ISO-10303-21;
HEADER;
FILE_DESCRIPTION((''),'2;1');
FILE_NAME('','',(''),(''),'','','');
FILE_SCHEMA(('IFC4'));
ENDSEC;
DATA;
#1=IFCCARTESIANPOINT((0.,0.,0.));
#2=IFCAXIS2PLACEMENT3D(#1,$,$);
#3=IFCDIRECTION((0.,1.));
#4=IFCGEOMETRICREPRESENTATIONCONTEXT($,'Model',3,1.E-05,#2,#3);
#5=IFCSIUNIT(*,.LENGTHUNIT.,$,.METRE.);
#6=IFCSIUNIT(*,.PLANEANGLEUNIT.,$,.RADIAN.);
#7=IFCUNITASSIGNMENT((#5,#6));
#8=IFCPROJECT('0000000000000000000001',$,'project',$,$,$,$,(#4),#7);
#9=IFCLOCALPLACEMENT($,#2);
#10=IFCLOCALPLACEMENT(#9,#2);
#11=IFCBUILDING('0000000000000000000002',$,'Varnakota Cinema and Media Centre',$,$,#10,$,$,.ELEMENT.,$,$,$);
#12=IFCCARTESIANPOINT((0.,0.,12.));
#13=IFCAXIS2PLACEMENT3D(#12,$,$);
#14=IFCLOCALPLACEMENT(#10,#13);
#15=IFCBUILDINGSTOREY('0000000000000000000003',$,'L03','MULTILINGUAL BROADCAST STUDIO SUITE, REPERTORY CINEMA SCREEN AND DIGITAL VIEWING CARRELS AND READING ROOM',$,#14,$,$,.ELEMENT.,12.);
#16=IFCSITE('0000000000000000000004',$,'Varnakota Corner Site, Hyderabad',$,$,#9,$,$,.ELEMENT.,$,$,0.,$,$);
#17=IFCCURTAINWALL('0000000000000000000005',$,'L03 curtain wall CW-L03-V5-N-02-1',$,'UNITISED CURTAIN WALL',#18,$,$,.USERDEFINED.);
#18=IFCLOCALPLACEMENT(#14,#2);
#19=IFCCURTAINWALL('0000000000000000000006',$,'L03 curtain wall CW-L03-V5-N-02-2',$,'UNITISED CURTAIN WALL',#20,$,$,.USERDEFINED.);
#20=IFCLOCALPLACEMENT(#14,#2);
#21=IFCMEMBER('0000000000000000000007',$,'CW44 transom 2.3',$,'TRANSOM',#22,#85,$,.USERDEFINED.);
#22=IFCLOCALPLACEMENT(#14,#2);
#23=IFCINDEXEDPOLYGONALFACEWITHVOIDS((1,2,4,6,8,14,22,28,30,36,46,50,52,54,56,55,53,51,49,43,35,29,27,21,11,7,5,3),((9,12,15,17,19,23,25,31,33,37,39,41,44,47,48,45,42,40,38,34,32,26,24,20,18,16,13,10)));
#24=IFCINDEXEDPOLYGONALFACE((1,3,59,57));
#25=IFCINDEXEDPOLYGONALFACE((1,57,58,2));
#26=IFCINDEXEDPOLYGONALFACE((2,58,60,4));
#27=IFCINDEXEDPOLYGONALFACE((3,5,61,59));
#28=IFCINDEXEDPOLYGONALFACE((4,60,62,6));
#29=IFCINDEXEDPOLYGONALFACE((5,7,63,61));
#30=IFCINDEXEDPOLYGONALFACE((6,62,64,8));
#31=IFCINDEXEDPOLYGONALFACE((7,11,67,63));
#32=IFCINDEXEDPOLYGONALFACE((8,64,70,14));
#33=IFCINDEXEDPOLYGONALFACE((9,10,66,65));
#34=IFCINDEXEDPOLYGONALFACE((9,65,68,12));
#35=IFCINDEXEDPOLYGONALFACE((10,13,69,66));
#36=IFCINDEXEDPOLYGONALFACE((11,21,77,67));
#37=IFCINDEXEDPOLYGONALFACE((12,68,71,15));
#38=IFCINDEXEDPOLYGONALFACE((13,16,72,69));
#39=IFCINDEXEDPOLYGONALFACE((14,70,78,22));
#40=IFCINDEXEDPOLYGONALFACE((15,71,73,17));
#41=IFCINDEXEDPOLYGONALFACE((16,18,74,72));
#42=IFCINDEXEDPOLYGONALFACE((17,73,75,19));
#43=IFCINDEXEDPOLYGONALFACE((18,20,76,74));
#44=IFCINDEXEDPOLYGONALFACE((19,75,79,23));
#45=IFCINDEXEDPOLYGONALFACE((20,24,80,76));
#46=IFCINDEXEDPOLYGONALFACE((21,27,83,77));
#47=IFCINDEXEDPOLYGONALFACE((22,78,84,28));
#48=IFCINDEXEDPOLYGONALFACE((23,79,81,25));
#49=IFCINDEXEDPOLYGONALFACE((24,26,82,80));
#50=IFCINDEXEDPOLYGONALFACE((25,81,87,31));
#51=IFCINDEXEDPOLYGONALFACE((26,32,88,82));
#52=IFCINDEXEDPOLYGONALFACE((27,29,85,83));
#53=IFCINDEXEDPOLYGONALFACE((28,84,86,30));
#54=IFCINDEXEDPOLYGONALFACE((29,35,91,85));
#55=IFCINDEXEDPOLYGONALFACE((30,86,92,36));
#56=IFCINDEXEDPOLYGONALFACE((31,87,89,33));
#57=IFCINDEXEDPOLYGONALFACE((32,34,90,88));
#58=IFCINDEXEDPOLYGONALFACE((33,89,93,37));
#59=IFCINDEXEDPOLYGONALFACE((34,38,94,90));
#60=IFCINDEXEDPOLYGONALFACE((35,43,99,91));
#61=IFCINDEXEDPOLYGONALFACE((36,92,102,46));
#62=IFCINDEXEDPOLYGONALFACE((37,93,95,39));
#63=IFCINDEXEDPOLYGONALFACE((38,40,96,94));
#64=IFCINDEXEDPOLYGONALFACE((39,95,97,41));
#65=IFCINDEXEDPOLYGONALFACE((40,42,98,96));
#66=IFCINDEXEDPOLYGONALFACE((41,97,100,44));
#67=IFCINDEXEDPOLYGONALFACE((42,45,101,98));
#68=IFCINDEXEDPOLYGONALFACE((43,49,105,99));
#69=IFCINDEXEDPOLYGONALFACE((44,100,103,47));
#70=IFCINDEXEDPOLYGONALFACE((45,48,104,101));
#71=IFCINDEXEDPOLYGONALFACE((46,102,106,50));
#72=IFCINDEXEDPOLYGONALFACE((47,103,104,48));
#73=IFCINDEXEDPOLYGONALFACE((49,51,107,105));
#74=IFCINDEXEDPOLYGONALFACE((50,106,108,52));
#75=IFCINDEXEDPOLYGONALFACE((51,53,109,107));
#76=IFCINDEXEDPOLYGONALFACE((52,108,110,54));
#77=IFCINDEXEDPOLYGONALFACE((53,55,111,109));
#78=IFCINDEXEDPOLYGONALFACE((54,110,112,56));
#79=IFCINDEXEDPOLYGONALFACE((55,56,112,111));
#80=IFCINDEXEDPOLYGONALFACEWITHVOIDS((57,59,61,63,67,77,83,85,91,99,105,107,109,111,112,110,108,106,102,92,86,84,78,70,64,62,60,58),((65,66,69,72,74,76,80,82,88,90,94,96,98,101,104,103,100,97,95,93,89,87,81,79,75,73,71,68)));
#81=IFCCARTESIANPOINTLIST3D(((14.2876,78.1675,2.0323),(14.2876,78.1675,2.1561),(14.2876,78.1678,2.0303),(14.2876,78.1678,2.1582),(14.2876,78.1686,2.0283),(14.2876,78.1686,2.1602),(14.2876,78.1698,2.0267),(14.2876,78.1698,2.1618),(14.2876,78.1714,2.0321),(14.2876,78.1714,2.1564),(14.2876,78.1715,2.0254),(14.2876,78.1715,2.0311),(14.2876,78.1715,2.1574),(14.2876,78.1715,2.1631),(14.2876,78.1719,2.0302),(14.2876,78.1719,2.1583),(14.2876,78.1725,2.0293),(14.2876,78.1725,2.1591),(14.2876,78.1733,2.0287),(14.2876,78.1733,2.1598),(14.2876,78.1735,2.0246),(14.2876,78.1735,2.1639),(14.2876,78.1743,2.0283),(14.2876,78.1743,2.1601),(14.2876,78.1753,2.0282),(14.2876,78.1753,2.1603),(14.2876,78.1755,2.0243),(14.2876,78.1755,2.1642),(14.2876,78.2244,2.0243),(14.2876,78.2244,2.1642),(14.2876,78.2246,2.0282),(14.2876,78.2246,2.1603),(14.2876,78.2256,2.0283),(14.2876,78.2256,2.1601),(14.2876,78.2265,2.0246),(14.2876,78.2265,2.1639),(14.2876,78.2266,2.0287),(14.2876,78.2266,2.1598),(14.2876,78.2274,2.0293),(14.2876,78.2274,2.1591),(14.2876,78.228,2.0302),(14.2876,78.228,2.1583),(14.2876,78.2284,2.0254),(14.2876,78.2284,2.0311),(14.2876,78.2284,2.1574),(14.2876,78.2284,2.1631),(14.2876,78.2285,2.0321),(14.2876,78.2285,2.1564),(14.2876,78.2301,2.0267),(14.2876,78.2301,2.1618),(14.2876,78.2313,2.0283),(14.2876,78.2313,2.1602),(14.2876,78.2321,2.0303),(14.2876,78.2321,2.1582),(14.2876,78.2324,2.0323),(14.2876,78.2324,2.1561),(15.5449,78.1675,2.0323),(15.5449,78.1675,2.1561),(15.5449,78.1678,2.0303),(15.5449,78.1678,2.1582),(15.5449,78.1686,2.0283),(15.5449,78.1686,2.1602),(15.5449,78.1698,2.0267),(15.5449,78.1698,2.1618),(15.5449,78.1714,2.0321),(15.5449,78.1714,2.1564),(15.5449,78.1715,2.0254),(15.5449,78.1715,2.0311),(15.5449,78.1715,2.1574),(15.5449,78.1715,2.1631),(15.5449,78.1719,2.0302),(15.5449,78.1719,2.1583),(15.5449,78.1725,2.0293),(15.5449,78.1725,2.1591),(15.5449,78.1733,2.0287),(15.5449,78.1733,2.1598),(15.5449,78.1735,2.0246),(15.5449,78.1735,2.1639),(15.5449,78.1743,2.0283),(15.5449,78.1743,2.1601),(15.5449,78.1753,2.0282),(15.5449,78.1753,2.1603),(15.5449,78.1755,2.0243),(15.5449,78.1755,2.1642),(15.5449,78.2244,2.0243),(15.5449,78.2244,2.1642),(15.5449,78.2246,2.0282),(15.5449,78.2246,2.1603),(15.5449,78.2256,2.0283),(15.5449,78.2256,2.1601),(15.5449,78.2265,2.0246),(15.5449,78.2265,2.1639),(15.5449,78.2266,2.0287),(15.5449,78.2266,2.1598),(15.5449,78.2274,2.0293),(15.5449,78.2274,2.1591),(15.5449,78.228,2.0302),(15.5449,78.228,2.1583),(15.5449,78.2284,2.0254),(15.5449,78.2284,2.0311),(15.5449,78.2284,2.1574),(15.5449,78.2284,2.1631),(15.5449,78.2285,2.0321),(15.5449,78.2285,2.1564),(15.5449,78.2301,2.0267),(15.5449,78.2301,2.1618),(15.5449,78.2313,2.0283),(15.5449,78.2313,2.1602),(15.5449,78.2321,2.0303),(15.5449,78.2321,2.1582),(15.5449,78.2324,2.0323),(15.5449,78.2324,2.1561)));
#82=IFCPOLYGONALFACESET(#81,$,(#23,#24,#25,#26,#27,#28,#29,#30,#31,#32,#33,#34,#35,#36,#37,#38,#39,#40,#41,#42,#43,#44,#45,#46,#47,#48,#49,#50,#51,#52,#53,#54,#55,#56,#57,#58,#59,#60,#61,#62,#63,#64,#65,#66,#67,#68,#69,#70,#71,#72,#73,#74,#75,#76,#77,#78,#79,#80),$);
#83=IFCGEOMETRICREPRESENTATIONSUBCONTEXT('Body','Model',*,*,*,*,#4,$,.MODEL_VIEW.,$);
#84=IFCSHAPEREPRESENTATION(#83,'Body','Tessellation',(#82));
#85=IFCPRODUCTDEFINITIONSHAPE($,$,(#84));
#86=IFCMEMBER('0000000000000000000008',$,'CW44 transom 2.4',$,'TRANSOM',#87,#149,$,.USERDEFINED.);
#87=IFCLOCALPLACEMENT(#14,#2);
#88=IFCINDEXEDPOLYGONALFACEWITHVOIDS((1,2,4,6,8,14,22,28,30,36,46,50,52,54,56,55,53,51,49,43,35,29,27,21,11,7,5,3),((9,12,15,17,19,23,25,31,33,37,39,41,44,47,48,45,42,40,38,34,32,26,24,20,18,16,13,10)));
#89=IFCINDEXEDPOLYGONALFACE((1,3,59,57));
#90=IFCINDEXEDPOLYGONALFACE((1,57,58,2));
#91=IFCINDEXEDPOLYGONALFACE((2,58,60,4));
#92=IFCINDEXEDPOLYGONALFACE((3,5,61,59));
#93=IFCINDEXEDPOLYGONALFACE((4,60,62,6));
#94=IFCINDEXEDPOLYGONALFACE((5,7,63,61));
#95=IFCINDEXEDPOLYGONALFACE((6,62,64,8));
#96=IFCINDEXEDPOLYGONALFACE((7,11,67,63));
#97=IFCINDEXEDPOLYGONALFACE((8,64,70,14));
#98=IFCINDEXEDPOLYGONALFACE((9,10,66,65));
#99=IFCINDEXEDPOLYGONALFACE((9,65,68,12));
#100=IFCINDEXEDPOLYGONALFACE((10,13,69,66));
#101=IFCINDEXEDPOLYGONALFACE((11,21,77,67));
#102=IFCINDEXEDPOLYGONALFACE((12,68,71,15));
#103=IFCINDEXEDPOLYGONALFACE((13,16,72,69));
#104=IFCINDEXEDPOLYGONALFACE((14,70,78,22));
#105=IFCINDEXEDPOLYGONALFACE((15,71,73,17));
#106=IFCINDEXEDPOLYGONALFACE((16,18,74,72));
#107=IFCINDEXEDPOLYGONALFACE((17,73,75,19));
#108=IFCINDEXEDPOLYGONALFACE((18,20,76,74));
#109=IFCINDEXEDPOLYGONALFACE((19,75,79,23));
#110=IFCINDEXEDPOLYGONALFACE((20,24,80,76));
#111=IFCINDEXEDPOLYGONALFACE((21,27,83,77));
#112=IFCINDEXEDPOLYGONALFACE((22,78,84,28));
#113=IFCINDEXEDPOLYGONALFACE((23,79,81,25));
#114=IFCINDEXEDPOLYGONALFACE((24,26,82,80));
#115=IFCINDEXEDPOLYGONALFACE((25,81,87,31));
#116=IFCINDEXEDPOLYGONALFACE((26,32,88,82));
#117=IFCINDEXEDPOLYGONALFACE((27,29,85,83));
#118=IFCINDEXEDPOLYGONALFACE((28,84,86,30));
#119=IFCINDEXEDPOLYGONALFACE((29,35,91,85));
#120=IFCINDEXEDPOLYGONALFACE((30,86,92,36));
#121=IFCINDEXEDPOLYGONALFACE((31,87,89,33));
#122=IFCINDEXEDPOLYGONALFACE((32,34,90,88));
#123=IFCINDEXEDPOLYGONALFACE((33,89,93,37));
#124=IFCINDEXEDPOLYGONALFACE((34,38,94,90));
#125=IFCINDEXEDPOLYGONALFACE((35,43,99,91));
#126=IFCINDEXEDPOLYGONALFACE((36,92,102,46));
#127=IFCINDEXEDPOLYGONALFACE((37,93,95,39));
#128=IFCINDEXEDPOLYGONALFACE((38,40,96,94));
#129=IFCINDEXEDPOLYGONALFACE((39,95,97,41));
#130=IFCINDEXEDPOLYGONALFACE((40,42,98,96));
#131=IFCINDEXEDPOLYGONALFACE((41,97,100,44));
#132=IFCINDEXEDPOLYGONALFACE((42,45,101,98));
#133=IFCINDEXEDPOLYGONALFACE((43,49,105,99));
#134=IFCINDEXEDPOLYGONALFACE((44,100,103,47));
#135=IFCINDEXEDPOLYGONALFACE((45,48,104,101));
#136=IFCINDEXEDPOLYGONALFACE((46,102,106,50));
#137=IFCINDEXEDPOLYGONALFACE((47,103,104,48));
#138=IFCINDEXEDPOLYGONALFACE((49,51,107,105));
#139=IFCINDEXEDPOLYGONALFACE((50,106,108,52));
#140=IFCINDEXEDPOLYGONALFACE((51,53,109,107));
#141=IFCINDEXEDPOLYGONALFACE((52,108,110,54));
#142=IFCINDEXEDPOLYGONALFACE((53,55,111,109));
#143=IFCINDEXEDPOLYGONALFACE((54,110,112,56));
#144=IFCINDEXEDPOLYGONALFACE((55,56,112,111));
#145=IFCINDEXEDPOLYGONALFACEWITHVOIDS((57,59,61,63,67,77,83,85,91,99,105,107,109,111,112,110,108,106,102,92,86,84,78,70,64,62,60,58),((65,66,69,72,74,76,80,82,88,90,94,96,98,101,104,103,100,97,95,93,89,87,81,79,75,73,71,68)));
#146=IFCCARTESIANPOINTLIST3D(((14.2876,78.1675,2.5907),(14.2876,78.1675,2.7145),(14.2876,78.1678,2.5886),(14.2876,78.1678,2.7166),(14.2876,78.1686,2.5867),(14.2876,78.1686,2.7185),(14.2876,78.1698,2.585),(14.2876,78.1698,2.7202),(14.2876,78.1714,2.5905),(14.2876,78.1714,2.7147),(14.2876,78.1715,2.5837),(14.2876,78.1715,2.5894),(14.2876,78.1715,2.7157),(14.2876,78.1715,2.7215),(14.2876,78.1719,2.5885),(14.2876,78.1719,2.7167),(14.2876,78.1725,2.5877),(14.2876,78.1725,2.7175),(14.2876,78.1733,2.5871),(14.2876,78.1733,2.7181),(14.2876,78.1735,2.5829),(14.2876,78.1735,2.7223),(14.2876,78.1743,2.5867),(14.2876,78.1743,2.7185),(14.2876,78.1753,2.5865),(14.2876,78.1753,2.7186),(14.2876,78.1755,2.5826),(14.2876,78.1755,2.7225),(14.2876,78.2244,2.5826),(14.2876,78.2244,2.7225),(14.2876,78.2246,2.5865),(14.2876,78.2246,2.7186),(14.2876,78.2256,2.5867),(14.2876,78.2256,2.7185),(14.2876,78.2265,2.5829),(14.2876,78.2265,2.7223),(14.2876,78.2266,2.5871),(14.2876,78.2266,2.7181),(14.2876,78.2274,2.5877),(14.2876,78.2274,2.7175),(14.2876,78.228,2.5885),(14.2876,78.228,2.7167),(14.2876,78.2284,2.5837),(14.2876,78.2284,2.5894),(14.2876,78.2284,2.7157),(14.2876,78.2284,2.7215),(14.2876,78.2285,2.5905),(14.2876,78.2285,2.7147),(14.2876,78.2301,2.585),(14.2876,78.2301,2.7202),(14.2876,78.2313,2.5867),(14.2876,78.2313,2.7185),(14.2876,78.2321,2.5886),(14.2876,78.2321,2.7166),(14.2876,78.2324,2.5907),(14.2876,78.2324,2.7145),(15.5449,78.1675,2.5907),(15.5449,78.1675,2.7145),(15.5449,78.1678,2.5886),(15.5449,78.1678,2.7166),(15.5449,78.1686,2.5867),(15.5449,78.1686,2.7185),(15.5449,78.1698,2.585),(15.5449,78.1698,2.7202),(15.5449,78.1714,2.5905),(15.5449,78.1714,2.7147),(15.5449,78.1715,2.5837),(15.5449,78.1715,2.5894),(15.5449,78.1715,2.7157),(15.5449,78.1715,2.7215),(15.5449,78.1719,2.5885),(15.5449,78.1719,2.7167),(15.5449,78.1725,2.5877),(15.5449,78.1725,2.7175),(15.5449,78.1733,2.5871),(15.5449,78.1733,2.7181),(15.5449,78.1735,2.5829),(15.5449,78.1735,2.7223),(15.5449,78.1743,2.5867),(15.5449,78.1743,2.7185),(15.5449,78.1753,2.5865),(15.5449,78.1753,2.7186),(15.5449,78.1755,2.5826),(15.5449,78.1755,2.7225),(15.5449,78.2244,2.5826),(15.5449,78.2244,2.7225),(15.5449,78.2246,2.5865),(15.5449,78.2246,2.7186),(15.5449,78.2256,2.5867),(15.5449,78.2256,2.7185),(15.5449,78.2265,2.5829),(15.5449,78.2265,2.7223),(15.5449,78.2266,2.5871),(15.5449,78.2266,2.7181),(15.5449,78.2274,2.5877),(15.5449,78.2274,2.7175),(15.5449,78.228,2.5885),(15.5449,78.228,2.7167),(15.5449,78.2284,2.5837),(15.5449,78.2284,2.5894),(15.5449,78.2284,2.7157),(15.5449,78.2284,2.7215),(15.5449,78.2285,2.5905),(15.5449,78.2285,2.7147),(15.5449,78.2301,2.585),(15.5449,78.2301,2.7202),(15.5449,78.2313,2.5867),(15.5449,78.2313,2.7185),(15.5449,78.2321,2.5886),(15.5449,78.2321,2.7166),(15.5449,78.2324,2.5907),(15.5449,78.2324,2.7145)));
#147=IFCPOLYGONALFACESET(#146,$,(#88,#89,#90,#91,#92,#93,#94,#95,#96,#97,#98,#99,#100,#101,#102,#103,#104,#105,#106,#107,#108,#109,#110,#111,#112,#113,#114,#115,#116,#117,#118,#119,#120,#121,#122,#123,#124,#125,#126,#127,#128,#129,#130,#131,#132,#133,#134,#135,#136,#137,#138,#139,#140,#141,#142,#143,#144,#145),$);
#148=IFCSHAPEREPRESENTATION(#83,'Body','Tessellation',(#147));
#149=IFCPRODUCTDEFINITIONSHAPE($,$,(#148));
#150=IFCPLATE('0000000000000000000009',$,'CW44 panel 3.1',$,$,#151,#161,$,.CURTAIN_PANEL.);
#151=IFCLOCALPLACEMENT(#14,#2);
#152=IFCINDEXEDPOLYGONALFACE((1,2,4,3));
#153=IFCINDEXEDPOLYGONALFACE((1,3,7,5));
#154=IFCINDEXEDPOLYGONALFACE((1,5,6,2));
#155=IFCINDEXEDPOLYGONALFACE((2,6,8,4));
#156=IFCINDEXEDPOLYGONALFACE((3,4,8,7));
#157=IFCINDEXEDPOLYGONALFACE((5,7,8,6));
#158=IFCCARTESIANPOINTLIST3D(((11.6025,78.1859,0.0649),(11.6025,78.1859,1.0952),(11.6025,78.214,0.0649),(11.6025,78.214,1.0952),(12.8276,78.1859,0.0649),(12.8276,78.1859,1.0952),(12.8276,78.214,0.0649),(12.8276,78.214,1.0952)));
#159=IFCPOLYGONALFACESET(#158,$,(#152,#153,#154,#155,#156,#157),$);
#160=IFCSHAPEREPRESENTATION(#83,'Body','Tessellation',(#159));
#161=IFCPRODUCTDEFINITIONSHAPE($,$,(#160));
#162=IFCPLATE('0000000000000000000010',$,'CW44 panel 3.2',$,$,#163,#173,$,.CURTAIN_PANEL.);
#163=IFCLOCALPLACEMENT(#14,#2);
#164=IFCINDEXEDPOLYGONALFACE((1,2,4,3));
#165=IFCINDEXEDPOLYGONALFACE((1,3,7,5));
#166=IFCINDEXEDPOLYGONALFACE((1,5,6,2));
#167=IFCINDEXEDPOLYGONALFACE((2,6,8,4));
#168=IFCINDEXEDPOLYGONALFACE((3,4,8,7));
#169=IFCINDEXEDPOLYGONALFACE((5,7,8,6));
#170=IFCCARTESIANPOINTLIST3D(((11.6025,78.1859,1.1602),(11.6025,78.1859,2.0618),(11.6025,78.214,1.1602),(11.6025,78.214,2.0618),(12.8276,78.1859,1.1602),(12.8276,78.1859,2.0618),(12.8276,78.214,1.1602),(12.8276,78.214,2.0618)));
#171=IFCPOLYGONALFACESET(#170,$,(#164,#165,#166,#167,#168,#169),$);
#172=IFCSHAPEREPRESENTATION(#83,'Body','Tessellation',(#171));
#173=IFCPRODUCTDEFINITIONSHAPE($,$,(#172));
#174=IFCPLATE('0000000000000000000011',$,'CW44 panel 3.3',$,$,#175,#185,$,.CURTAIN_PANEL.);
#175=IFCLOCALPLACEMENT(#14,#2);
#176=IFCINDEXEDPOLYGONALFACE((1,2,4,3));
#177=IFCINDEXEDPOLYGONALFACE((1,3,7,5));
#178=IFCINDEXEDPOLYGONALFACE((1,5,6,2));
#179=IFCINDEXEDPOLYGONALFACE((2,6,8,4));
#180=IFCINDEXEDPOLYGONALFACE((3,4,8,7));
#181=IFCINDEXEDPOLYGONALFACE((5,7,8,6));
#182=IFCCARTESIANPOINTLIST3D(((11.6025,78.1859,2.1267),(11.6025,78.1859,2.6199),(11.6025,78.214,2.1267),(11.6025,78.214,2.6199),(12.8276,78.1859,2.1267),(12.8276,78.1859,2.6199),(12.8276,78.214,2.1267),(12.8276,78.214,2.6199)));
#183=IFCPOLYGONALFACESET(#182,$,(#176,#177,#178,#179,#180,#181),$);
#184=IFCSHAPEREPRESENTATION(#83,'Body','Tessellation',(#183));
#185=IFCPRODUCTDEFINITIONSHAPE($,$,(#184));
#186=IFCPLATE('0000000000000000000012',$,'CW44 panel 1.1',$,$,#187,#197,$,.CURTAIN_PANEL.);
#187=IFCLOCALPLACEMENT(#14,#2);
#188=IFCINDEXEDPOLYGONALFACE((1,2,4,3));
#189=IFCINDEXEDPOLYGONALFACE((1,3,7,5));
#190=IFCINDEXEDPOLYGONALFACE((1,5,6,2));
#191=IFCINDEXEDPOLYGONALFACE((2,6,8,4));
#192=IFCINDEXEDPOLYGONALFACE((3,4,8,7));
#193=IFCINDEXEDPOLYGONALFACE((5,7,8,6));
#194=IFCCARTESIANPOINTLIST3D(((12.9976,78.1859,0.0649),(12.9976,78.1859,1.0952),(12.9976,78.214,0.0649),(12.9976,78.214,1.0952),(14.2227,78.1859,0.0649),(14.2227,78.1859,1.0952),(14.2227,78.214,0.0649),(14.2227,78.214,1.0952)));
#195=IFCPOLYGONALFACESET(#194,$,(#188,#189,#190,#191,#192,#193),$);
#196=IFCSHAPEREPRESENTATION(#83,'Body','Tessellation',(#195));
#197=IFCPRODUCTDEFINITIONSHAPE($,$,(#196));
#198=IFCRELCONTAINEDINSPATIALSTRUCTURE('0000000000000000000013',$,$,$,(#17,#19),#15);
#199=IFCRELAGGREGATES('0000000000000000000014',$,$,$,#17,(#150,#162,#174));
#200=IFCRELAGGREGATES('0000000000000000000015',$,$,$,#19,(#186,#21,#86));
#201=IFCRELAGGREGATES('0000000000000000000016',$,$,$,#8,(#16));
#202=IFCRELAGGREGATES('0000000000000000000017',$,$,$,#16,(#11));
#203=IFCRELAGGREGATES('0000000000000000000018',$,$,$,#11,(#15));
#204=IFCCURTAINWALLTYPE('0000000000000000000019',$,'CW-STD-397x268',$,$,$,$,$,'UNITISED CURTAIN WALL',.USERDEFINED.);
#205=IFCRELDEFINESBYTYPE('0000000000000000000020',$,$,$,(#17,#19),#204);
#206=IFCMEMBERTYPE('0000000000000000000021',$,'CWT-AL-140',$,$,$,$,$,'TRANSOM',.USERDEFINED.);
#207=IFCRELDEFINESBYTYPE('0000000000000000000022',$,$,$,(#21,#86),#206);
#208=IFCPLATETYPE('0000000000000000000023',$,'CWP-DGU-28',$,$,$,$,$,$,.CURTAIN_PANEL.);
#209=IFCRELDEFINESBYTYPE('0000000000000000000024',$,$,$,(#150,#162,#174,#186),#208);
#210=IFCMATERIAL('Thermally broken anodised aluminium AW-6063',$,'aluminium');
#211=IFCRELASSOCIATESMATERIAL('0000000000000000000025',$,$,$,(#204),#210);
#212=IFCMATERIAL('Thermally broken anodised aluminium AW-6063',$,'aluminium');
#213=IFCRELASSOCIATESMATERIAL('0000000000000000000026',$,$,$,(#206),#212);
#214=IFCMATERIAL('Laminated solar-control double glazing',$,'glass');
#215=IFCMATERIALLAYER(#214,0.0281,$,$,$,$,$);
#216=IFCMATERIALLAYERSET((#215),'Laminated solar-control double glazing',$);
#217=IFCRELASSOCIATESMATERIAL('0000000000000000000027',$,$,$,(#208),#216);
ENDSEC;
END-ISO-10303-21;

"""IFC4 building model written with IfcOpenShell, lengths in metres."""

from ifc_helpers import new_model, si_unit, direction, frame, origin, origin_2d, place, context, subcontext, project, spatial, rectangle, hollow_rectangle, extrude, material, layer, layer_set, material_profile, profile_set, type_object, element, aggregate, save


model = new_model("IFC4")

# Units and contexts
model_context = context("Model", 3, precision=1e-05, world=origin(), true_north=direction((0.0, 1.0)))
body_context = subcontext(model_context, "Body", "Model", "MODEL_VIEW")
ifc_project = project(units=[si_unit("LENGTHUNIT", "METRE"), si_unit("PLANEANGLEUNIT", "RADIAN")], contexts=[model_context])

# Site, building, storey
site_placement = place(None, origin())
site = spatial("IfcSite", under=ifc_project, at=site_placement, Name="Varnakota Corner Site, Hyderabad", CompositionType="ELEMENT", RefElevation=0.0)
building_placement = place(site_placement, origin())
building = spatial("IfcBuilding", under=site, at=building_placement, Name="Varnakota Cinema and Media Centre", CompositionType="ELEMENT")
storey_placement = place(building_placement, frame((0.0, 0.0, 12.0)))
storey = spatial("IfcBuildingStorey", under=building, at=storey_placement, Name="L03", Description="MULTILINGUAL BROADCAST STUDIO SUITE, REPERTORY CINEMA SCREEN AND DIGITAL VIEWING CARRELS AND READING ROOM", CompositionType="ELEMENT", Elevation=12.0)

# Curtain walls
ifc_material_1 = material(Name="Thermally broken anodised aluminium AW-6063", Category="aluminium")
curtain_wall_type = type_object("IfcCurtainWallType", Name="CW-STD-397x268", ElementType="UNITISED CURTAIN WALL", PredefinedType="USERDEFINED", material=ifc_material_1)
curtain_wall_1_placement = place(storey_placement, origin())
curtain_wall_1 = element("IfcCurtainWall", 1, at=curtain_wall_1_placement, inside=storey, type_object=curtain_wall_type, Name="L03 curtain wall CW-L03-V5-N-02-1", ObjectType="UNITISED CURTAIN WALL", PredefinedType="USERDEFINED")
curtain_wall_2_placement = place(storey_placement, origin())
curtain_wall_2 = element("IfcCurtainWall", 2, at=curtain_wall_2_placement, inside=storey, type_object=curtain_wall_type, Name="L03 curtain wall CW-L03-V5-N-02-2", ObjectType="UNITISED CURTAIN WALL", PredefinedType="USERDEFINED")

# Members
ifc_material_2 = material(Name="Thermally broken anodised aluminium AW-6063", Category="aluminium")
ifc_material_profile_1 = material_profile(ifc_material_2, hollow_rectangle(XDim=0.0649, YDim=0.1399, WallThickness=0.0039, InnerFilletRadius=0.0039, OuterFilletRadius=0.0081, at=origin_2d()), Name="AL-TRANSOM 140x65x4")
ifc_profile_set_1 = profile_set([ifc_material_profile_1], Name="Thermally broken anodised aluminium AW-6063")
member_type_1 = type_object("IfcMemberType", Name="CWT-AL-140", ElementType="TRANSOM", PredefinedType="USERDEFINED", material=ifc_profile_set_1)
member_1_placement = place(storey_placement, frame((14.2876, 78.2, 2.0942), z_axis=(1.0, 0.0, 0.0), x_axis=(0.0, 1.0, 0.0)))
member_1 = element("IfcMember", 3, at=member_1_placement, type_object=member_type_1, Name="CW44 transom 2.3", ObjectType="TRANSOM", PredefinedType="USERDEFINED", context=body_context, shape_type="SweptSolid", body=[
    extrude(hollow_rectangle(XDim=0.0649, YDim=0.1399, WallThickness=0.0039, InnerFilletRadius=0.0039, OuterFilletRadius=0.0081, at=origin_2d()), origin(), (0.0, 0.0, 1.0), 1.2573),
])
member_2_placement = place(storey_placement, frame((14.2876, 78.2, 2.6526), z_axis=(1.0, 0.0, 0.0), x_axis=(0.0, 1.0, 0.0)))
member_2 = element("IfcMember", 4, at=member_2_placement, type_object=member_type_1, Name="CW44 transom 2.4", ObjectType="TRANSOM", PredefinedType="USERDEFINED", context=body_context, shape_type="SweptSolid", body=[
    extrude(hollow_rectangle(XDim=0.0649, YDim=0.1399, WallThickness=0.0039, InnerFilletRadius=0.0039, OuterFilletRadius=0.0081, at=origin_2d()), origin(), (0.0, 0.0, 1.0), 1.2573),
])

# Plates
ifc_material_3 = material(Name="Laminated solar-control double glazing", Category="glass")
ifc_layer = layer(ifc_material_3, 0.0281)
ifc_layer_set = layer_set([ifc_layer], Name="Laminated solar-control double glazing")
plate_type = type_object("IfcPlateType", Name="CWP-DGU-28", PredefinedType="CURTAIN_PANEL", material=ifc_layer_set)
plate_1_placement = place(storey_placement, frame((12.2151, 78.2, 0.0649), z_axis=(0.0, 0.0, 1.0), x_axis=(1.0, 0.0, 0.0)))
plate_1 = element("IfcPlate", 5, at=plate_1_placement, type_object=plate_type, Name="CW44 panel 3.1", PredefinedType="CURTAIN_PANEL", context=body_context, shape_type="SweptSolid", body=[
    extrude(rectangle(XDim=1.2251, YDim=0.0281, at=origin_2d()), origin(), (0.0, 0.0, 1.0), 1.0303),
])
plate_2_placement = place(storey_placement, frame((12.2151, 78.2, 1.1602), z_axis=(0.0, 0.0, 1.0), x_axis=(1.0, 0.0, 0.0)))
plate_2 = element("IfcPlate", 6, at=plate_2_placement, type_object=plate_type, Name="CW44 panel 3.2", PredefinedType="CURTAIN_PANEL", context=body_context, shape_type="SweptSolid", body=[
    extrude(rectangle(XDim=1.2251, YDim=0.0281, at=origin_2d()), origin(), (0.0, 0.0, 1.0), 0.9016),
])
plate_3_placement = place(storey_placement, frame((12.2151, 78.2, 2.1267), z_axis=(0.0, 0.0, 1.0), x_axis=(1.0, 0.0, 0.0)))
plate_3 = element("IfcPlate", 7, at=plate_3_placement, type_object=plate_type, Name="CW44 panel 3.3", PredefinedType="CURTAIN_PANEL", context=body_context, shape_type="SweptSolid", body=[
    extrude(rectangle(XDim=1.2251, YDim=0.0281, at=origin_2d()), origin(), (0.0, 0.0, 1.0), 0.4932),
])
aggregate(curtain_wall_1, [plate_1, plate_2, plate_3])
plate_4_placement = place(storey_placement, frame((13.6101, 78.2, 0.0649), z_axis=(0.0, 0.0, 1.0), x_axis=(1.0, 0.0, 0.0)))
plate_4 = element("IfcPlate", 8, at=plate_4_placement, type_object=plate_type, Name="CW44 panel 1.1", PredefinedType="CURTAIN_PANEL", context=body_context, shape_type="SweptSolid", body=[
    extrude(rectangle(XDim=1.2251, YDim=0.0281, at=origin_2d()), origin(), (0.0, 0.0, 1.0), 1.0303),
])
aggregate(curtain_wall_2, [plate_4, member_1, member_2])

save(model, "model.ifc")
